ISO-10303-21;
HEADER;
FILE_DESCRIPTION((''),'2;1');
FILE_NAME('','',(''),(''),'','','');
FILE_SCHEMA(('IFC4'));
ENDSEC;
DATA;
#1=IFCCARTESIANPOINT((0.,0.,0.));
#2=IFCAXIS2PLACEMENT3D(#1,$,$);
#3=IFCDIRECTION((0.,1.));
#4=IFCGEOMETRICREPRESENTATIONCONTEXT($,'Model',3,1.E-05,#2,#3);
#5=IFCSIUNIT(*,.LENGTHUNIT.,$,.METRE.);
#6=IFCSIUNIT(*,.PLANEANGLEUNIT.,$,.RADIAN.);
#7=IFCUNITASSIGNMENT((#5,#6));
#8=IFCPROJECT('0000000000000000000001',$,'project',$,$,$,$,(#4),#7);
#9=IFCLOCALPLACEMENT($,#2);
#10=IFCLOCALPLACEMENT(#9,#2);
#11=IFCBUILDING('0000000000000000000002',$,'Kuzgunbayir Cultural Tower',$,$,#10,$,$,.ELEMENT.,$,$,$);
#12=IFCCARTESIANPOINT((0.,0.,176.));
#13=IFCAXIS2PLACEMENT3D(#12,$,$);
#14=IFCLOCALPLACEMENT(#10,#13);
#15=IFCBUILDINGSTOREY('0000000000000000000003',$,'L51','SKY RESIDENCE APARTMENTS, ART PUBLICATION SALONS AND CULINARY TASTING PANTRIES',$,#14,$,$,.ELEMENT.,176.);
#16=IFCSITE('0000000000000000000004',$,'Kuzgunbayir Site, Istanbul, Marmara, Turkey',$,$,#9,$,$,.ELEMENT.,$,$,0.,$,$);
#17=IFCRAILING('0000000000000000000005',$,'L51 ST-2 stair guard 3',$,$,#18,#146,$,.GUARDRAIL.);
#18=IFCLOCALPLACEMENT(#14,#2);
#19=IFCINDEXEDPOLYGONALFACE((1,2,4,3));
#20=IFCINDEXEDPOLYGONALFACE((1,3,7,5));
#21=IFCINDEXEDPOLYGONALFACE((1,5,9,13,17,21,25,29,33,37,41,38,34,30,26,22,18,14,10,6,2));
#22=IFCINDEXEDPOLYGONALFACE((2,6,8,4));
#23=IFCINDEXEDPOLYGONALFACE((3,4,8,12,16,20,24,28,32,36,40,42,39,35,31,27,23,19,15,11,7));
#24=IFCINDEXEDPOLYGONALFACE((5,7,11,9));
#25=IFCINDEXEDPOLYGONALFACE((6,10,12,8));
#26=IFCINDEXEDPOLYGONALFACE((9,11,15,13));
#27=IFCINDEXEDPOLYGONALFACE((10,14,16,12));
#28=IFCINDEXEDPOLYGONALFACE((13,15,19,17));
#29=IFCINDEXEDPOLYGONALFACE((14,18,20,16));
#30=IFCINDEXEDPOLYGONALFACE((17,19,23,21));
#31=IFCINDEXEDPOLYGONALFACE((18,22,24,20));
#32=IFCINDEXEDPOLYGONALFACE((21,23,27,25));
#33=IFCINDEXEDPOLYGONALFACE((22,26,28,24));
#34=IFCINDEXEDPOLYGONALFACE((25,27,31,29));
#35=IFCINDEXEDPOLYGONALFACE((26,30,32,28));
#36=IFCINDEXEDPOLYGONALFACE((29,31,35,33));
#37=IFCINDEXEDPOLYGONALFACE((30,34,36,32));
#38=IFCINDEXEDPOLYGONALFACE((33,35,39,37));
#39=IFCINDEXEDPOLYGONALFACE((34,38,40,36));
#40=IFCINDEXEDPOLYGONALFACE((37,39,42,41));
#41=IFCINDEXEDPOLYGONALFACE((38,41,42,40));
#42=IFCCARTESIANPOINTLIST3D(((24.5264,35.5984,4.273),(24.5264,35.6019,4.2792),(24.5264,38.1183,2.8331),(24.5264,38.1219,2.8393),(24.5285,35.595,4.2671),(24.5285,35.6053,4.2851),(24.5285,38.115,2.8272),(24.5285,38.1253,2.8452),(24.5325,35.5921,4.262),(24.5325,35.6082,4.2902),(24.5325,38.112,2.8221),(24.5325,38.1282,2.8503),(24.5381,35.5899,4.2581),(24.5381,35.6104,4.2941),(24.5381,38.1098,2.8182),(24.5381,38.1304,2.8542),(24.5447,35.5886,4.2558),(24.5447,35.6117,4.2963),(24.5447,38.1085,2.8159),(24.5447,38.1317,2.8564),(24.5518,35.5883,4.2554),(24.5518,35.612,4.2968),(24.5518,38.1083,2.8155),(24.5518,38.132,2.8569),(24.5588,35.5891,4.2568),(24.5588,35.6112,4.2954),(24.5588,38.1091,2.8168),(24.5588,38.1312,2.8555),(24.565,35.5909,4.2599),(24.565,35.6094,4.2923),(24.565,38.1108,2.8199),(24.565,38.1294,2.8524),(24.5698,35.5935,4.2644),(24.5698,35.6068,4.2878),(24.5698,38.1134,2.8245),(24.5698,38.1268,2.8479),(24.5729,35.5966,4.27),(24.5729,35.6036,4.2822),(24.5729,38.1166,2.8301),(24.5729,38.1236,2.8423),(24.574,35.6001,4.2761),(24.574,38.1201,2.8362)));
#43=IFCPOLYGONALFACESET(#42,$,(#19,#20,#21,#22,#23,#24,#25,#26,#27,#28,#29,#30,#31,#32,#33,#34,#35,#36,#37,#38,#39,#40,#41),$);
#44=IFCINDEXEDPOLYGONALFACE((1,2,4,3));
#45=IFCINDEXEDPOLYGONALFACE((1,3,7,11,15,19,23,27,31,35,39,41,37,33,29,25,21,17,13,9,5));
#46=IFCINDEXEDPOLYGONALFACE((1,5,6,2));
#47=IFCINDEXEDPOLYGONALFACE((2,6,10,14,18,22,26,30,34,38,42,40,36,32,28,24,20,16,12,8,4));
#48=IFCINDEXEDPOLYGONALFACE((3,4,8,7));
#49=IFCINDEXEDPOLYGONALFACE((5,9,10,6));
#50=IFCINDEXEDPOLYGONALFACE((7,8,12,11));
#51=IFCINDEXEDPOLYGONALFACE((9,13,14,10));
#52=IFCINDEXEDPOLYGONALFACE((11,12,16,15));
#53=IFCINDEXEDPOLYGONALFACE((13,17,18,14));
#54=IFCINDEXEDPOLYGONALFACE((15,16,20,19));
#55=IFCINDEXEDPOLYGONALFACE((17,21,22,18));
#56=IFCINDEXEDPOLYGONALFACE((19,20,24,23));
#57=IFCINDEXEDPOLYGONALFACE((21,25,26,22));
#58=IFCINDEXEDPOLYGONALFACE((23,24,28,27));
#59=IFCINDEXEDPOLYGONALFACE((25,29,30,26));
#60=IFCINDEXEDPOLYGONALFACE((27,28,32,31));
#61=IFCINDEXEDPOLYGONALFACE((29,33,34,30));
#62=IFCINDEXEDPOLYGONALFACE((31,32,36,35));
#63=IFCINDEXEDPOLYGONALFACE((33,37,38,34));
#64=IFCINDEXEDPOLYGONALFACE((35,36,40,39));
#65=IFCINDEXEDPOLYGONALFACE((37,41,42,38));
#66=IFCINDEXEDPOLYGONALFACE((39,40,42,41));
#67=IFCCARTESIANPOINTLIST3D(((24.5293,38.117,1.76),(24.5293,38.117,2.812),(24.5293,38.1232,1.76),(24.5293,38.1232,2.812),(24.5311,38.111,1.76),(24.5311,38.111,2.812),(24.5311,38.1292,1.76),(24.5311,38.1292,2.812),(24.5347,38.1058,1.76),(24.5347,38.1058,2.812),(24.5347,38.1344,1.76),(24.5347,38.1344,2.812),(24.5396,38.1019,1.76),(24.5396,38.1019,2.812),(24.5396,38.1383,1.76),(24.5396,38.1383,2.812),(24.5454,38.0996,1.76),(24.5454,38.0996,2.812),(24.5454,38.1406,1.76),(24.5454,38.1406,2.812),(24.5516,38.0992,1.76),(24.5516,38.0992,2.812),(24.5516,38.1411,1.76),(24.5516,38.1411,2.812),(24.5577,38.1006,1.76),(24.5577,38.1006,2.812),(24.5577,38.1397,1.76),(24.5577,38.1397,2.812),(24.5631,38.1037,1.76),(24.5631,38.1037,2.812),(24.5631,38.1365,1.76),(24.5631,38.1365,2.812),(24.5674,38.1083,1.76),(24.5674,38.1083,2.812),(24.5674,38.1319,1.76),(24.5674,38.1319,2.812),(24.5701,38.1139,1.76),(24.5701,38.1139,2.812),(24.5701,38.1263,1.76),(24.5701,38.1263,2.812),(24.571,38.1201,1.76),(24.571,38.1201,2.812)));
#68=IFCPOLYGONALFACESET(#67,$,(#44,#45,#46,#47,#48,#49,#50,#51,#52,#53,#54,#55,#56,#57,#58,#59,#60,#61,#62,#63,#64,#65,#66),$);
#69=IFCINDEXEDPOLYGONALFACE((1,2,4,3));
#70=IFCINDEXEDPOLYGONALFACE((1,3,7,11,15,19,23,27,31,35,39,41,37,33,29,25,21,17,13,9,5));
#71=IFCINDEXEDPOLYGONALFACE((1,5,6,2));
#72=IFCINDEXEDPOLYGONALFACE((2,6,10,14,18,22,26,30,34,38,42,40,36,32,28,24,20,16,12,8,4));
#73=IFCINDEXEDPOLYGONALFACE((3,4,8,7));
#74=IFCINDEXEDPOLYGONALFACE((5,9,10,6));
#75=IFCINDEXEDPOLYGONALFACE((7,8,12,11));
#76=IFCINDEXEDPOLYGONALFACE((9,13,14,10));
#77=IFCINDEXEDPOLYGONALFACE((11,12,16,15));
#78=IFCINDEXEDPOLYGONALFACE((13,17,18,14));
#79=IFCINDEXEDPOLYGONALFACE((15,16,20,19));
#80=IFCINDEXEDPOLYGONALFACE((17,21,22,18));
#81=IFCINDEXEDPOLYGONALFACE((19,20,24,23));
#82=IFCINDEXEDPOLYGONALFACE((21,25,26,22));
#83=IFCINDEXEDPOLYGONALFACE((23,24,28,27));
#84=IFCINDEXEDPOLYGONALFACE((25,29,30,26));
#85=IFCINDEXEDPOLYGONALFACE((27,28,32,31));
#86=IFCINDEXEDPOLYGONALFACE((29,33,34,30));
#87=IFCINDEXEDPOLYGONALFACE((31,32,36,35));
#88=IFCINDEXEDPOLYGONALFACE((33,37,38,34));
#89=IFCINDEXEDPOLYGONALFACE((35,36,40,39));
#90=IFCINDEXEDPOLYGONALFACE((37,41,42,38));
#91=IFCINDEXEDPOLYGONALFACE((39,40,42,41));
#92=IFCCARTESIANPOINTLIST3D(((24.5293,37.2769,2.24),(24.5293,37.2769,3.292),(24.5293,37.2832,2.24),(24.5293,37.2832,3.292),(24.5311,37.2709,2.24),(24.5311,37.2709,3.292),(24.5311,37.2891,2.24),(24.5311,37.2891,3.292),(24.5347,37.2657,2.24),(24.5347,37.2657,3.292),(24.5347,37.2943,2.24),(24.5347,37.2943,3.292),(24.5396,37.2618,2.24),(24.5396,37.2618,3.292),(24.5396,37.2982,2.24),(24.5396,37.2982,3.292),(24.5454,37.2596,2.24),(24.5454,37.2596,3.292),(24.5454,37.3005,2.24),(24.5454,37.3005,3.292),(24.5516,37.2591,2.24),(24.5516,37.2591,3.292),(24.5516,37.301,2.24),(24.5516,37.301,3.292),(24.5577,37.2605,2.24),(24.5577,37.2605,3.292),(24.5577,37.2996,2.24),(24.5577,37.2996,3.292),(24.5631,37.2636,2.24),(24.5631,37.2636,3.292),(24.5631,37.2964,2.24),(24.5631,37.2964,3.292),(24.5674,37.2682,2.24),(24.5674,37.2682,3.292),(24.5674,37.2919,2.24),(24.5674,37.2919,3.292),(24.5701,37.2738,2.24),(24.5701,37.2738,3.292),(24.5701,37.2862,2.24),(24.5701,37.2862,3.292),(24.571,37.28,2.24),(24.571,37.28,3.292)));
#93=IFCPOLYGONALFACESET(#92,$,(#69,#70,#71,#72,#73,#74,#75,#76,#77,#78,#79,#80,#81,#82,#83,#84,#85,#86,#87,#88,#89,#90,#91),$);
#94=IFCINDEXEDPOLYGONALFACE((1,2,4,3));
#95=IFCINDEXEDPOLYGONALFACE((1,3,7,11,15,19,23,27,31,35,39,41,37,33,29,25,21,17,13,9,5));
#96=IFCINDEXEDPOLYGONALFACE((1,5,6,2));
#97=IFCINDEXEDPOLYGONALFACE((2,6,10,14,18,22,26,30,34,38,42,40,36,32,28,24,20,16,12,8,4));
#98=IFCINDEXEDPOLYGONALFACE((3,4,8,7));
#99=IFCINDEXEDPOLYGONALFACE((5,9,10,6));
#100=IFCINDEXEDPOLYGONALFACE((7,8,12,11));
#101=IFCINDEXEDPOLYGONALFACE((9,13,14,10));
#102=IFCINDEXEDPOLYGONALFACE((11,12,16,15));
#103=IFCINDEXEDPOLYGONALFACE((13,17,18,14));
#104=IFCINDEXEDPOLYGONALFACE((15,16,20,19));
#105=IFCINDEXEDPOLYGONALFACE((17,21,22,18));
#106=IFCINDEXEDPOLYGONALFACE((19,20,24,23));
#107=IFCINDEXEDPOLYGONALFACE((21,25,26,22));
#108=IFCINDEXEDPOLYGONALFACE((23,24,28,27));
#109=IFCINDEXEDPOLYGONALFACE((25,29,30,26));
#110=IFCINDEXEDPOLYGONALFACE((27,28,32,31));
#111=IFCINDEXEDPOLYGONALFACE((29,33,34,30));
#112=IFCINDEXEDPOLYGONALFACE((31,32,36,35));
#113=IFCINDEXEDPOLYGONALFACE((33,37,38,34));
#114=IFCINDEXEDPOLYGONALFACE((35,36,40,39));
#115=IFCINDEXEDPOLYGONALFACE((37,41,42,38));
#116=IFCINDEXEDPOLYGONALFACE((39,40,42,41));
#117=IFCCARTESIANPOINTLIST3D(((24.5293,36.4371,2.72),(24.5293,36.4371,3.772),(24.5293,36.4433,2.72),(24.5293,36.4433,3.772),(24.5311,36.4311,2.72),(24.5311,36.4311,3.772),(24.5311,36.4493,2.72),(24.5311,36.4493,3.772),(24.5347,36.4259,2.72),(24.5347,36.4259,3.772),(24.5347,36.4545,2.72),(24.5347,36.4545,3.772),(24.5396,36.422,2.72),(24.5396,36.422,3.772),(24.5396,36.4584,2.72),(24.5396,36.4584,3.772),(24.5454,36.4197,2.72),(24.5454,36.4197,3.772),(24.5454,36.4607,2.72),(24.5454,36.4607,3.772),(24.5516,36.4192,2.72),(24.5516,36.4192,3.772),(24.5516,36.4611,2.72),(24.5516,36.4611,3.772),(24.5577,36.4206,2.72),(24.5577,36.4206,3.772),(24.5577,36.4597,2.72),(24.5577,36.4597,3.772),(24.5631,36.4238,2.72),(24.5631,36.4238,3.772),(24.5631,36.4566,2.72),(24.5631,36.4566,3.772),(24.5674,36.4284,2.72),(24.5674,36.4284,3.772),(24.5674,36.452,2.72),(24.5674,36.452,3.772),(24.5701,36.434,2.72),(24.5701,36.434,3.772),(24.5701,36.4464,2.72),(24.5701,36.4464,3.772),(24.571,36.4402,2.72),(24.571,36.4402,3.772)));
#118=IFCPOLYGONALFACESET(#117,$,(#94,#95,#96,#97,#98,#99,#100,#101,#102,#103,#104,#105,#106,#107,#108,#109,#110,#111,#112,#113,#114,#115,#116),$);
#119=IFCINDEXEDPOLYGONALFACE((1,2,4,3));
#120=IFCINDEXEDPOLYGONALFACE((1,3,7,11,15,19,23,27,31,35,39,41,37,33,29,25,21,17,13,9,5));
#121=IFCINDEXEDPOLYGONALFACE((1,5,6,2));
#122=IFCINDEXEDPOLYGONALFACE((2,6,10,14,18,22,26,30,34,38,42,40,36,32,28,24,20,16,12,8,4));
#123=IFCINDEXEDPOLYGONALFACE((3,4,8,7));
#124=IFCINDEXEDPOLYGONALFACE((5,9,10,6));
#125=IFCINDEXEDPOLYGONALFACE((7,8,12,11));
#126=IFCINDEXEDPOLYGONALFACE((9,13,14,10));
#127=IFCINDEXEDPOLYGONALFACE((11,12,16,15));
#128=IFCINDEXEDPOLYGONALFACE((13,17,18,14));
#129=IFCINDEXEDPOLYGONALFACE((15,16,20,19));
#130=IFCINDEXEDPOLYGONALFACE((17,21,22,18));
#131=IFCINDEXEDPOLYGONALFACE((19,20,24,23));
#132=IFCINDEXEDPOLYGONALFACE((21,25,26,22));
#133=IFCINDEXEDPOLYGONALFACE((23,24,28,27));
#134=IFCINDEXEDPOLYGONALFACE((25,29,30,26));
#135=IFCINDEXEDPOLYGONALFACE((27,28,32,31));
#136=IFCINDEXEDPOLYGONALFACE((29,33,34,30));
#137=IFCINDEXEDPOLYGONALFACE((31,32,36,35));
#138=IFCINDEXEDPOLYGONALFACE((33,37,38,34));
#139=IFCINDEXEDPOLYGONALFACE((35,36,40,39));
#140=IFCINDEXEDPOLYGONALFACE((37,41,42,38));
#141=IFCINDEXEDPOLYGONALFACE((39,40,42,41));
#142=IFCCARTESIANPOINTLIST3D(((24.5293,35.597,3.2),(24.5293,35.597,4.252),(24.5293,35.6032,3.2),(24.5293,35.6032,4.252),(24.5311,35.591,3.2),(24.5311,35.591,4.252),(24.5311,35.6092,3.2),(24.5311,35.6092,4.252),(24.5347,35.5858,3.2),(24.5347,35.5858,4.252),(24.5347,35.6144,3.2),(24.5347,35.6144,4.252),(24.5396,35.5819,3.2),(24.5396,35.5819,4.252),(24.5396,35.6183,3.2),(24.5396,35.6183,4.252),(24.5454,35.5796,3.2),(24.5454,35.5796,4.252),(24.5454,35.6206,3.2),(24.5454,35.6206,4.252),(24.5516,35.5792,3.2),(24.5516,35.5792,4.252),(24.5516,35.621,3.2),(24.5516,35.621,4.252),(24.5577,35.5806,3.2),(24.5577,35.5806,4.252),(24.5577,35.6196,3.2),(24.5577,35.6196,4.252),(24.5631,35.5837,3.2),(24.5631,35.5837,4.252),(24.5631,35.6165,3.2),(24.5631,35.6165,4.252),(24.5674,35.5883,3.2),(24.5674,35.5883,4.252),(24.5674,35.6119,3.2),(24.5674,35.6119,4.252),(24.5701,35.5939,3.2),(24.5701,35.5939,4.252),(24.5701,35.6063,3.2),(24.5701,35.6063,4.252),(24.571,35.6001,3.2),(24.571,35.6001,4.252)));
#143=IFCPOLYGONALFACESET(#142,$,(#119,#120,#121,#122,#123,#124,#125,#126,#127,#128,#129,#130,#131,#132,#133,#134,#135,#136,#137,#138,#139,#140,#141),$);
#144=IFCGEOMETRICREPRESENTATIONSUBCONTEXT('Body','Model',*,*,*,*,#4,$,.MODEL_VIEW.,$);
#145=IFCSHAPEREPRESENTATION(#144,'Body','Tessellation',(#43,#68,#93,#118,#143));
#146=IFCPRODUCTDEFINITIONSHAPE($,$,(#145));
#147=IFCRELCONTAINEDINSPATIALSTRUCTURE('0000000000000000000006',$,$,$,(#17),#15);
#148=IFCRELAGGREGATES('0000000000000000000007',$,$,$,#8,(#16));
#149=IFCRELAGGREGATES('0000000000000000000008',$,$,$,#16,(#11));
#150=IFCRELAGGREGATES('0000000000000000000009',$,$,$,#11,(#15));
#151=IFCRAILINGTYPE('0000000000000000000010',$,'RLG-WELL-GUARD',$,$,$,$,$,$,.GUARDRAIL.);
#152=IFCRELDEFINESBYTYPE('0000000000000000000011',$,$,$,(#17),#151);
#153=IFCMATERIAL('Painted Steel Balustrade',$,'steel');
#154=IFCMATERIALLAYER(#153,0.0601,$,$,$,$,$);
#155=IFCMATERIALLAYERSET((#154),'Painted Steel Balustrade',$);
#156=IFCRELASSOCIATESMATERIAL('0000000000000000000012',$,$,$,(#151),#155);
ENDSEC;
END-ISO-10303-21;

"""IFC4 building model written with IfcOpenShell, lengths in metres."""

from ifc_helpers import new_model, si_unit, direction, frame, origin, origin_2d, place, context, subcontext, project, spatial, circle, extrude, material, layer, layer_set, type_object, element, save


model = new_model("IFC4")

# Units and contexts
model_context = context("Model", 3, precision=1e-05, world=origin(), true_north=direction((0.0, 1.0)))
body_context = subcontext(model_context, "Body", "Model", "MODEL_VIEW")
ifc_project = project(units=[si_unit("LENGTHUNIT", "METRE"), si_unit("PLANEANGLEUNIT", "RADIAN")], contexts=[model_context])

# Site, building, storey
site_placement = place(None, origin())
site = spatial("IfcSite", under=ifc_project, at=site_placement, Name="Kuzgunbayir Site, Istanbul, Marmara, Turkey", CompositionType="ELEMENT", RefElevation=0.0)
building_placement = place(site_placement, origin())
building = spatial("IfcBuilding", under=site, at=building_placement, Name="Kuzgunbayir Cultural Tower", CompositionType="ELEMENT")
storey_placement = place(building_placement, frame((0.0, 0.0, 176.0)))
storey = spatial("IfcBuildingStorey", under=building, at=storey_placement, Name="L51", Description="SKY RESIDENCE APARTMENTS, ART PUBLICATION SALONS AND CULINARY TASTING PANTRIES", CompositionType="ELEMENT", Elevation=176.0)

# Railing
ifc_material_1 = material(Name="Painted Steel Balustrade", Category="steel")
ifc_layer_1 = layer(ifc_material_1, 0.0601)
ifc_layer_set_1 = layer_set([ifc_layer_1], Name="Painted Steel Balustrade")
railing_type_1 = type_object("IfcRailingType", Name="RLG-WELL-GUARD", PredefinedType="GUARDRAIL", material=ifc_layer_set_1)
railing_1_placement = place(storey_placement, frame((24.55, 38.1201, 1.76)))
element("IfcRailing", 1, at=railing_1_placement, inside=storey, type_object=railing_type_1, Name="L51 ST-2 stair guard 3", PredefinedType="GUARDRAIL", context=body_context, shape_type="SweptSolid", body=[
    extrude(circle(Radius=0.0239, at=origin_2d()), frame((0.0, 0.0, 1.0762), z_axis=(0.0, -0.868253, 0.496121), x_axis=(1.0, 0.0, 0.0)), (0.0, 0.0, 1.0), 2.9023),
    extrude(circle(Radius=0.021, at=origin_2d()), origin(), (0.0, 0.0, 1.0), 1.052),
    extrude(circle(Radius=0.021, at=origin_2d()), frame((0.0, -0.8401, 0.48)), (0.0, 0.0, 1.0), 1.052),
    extrude(circle(Radius=0.021, at=origin_2d()), frame((0.0, -1.6799, 0.96)), (0.0, 0.0, 1.0), 1.052),
    extrude(circle(Radius=0.021, at=origin_2d()), frame((0.0, -2.52, 1.4399)), (0.0, 0.0, 1.0), 1.052),
])

save(model, "model.ifc")
